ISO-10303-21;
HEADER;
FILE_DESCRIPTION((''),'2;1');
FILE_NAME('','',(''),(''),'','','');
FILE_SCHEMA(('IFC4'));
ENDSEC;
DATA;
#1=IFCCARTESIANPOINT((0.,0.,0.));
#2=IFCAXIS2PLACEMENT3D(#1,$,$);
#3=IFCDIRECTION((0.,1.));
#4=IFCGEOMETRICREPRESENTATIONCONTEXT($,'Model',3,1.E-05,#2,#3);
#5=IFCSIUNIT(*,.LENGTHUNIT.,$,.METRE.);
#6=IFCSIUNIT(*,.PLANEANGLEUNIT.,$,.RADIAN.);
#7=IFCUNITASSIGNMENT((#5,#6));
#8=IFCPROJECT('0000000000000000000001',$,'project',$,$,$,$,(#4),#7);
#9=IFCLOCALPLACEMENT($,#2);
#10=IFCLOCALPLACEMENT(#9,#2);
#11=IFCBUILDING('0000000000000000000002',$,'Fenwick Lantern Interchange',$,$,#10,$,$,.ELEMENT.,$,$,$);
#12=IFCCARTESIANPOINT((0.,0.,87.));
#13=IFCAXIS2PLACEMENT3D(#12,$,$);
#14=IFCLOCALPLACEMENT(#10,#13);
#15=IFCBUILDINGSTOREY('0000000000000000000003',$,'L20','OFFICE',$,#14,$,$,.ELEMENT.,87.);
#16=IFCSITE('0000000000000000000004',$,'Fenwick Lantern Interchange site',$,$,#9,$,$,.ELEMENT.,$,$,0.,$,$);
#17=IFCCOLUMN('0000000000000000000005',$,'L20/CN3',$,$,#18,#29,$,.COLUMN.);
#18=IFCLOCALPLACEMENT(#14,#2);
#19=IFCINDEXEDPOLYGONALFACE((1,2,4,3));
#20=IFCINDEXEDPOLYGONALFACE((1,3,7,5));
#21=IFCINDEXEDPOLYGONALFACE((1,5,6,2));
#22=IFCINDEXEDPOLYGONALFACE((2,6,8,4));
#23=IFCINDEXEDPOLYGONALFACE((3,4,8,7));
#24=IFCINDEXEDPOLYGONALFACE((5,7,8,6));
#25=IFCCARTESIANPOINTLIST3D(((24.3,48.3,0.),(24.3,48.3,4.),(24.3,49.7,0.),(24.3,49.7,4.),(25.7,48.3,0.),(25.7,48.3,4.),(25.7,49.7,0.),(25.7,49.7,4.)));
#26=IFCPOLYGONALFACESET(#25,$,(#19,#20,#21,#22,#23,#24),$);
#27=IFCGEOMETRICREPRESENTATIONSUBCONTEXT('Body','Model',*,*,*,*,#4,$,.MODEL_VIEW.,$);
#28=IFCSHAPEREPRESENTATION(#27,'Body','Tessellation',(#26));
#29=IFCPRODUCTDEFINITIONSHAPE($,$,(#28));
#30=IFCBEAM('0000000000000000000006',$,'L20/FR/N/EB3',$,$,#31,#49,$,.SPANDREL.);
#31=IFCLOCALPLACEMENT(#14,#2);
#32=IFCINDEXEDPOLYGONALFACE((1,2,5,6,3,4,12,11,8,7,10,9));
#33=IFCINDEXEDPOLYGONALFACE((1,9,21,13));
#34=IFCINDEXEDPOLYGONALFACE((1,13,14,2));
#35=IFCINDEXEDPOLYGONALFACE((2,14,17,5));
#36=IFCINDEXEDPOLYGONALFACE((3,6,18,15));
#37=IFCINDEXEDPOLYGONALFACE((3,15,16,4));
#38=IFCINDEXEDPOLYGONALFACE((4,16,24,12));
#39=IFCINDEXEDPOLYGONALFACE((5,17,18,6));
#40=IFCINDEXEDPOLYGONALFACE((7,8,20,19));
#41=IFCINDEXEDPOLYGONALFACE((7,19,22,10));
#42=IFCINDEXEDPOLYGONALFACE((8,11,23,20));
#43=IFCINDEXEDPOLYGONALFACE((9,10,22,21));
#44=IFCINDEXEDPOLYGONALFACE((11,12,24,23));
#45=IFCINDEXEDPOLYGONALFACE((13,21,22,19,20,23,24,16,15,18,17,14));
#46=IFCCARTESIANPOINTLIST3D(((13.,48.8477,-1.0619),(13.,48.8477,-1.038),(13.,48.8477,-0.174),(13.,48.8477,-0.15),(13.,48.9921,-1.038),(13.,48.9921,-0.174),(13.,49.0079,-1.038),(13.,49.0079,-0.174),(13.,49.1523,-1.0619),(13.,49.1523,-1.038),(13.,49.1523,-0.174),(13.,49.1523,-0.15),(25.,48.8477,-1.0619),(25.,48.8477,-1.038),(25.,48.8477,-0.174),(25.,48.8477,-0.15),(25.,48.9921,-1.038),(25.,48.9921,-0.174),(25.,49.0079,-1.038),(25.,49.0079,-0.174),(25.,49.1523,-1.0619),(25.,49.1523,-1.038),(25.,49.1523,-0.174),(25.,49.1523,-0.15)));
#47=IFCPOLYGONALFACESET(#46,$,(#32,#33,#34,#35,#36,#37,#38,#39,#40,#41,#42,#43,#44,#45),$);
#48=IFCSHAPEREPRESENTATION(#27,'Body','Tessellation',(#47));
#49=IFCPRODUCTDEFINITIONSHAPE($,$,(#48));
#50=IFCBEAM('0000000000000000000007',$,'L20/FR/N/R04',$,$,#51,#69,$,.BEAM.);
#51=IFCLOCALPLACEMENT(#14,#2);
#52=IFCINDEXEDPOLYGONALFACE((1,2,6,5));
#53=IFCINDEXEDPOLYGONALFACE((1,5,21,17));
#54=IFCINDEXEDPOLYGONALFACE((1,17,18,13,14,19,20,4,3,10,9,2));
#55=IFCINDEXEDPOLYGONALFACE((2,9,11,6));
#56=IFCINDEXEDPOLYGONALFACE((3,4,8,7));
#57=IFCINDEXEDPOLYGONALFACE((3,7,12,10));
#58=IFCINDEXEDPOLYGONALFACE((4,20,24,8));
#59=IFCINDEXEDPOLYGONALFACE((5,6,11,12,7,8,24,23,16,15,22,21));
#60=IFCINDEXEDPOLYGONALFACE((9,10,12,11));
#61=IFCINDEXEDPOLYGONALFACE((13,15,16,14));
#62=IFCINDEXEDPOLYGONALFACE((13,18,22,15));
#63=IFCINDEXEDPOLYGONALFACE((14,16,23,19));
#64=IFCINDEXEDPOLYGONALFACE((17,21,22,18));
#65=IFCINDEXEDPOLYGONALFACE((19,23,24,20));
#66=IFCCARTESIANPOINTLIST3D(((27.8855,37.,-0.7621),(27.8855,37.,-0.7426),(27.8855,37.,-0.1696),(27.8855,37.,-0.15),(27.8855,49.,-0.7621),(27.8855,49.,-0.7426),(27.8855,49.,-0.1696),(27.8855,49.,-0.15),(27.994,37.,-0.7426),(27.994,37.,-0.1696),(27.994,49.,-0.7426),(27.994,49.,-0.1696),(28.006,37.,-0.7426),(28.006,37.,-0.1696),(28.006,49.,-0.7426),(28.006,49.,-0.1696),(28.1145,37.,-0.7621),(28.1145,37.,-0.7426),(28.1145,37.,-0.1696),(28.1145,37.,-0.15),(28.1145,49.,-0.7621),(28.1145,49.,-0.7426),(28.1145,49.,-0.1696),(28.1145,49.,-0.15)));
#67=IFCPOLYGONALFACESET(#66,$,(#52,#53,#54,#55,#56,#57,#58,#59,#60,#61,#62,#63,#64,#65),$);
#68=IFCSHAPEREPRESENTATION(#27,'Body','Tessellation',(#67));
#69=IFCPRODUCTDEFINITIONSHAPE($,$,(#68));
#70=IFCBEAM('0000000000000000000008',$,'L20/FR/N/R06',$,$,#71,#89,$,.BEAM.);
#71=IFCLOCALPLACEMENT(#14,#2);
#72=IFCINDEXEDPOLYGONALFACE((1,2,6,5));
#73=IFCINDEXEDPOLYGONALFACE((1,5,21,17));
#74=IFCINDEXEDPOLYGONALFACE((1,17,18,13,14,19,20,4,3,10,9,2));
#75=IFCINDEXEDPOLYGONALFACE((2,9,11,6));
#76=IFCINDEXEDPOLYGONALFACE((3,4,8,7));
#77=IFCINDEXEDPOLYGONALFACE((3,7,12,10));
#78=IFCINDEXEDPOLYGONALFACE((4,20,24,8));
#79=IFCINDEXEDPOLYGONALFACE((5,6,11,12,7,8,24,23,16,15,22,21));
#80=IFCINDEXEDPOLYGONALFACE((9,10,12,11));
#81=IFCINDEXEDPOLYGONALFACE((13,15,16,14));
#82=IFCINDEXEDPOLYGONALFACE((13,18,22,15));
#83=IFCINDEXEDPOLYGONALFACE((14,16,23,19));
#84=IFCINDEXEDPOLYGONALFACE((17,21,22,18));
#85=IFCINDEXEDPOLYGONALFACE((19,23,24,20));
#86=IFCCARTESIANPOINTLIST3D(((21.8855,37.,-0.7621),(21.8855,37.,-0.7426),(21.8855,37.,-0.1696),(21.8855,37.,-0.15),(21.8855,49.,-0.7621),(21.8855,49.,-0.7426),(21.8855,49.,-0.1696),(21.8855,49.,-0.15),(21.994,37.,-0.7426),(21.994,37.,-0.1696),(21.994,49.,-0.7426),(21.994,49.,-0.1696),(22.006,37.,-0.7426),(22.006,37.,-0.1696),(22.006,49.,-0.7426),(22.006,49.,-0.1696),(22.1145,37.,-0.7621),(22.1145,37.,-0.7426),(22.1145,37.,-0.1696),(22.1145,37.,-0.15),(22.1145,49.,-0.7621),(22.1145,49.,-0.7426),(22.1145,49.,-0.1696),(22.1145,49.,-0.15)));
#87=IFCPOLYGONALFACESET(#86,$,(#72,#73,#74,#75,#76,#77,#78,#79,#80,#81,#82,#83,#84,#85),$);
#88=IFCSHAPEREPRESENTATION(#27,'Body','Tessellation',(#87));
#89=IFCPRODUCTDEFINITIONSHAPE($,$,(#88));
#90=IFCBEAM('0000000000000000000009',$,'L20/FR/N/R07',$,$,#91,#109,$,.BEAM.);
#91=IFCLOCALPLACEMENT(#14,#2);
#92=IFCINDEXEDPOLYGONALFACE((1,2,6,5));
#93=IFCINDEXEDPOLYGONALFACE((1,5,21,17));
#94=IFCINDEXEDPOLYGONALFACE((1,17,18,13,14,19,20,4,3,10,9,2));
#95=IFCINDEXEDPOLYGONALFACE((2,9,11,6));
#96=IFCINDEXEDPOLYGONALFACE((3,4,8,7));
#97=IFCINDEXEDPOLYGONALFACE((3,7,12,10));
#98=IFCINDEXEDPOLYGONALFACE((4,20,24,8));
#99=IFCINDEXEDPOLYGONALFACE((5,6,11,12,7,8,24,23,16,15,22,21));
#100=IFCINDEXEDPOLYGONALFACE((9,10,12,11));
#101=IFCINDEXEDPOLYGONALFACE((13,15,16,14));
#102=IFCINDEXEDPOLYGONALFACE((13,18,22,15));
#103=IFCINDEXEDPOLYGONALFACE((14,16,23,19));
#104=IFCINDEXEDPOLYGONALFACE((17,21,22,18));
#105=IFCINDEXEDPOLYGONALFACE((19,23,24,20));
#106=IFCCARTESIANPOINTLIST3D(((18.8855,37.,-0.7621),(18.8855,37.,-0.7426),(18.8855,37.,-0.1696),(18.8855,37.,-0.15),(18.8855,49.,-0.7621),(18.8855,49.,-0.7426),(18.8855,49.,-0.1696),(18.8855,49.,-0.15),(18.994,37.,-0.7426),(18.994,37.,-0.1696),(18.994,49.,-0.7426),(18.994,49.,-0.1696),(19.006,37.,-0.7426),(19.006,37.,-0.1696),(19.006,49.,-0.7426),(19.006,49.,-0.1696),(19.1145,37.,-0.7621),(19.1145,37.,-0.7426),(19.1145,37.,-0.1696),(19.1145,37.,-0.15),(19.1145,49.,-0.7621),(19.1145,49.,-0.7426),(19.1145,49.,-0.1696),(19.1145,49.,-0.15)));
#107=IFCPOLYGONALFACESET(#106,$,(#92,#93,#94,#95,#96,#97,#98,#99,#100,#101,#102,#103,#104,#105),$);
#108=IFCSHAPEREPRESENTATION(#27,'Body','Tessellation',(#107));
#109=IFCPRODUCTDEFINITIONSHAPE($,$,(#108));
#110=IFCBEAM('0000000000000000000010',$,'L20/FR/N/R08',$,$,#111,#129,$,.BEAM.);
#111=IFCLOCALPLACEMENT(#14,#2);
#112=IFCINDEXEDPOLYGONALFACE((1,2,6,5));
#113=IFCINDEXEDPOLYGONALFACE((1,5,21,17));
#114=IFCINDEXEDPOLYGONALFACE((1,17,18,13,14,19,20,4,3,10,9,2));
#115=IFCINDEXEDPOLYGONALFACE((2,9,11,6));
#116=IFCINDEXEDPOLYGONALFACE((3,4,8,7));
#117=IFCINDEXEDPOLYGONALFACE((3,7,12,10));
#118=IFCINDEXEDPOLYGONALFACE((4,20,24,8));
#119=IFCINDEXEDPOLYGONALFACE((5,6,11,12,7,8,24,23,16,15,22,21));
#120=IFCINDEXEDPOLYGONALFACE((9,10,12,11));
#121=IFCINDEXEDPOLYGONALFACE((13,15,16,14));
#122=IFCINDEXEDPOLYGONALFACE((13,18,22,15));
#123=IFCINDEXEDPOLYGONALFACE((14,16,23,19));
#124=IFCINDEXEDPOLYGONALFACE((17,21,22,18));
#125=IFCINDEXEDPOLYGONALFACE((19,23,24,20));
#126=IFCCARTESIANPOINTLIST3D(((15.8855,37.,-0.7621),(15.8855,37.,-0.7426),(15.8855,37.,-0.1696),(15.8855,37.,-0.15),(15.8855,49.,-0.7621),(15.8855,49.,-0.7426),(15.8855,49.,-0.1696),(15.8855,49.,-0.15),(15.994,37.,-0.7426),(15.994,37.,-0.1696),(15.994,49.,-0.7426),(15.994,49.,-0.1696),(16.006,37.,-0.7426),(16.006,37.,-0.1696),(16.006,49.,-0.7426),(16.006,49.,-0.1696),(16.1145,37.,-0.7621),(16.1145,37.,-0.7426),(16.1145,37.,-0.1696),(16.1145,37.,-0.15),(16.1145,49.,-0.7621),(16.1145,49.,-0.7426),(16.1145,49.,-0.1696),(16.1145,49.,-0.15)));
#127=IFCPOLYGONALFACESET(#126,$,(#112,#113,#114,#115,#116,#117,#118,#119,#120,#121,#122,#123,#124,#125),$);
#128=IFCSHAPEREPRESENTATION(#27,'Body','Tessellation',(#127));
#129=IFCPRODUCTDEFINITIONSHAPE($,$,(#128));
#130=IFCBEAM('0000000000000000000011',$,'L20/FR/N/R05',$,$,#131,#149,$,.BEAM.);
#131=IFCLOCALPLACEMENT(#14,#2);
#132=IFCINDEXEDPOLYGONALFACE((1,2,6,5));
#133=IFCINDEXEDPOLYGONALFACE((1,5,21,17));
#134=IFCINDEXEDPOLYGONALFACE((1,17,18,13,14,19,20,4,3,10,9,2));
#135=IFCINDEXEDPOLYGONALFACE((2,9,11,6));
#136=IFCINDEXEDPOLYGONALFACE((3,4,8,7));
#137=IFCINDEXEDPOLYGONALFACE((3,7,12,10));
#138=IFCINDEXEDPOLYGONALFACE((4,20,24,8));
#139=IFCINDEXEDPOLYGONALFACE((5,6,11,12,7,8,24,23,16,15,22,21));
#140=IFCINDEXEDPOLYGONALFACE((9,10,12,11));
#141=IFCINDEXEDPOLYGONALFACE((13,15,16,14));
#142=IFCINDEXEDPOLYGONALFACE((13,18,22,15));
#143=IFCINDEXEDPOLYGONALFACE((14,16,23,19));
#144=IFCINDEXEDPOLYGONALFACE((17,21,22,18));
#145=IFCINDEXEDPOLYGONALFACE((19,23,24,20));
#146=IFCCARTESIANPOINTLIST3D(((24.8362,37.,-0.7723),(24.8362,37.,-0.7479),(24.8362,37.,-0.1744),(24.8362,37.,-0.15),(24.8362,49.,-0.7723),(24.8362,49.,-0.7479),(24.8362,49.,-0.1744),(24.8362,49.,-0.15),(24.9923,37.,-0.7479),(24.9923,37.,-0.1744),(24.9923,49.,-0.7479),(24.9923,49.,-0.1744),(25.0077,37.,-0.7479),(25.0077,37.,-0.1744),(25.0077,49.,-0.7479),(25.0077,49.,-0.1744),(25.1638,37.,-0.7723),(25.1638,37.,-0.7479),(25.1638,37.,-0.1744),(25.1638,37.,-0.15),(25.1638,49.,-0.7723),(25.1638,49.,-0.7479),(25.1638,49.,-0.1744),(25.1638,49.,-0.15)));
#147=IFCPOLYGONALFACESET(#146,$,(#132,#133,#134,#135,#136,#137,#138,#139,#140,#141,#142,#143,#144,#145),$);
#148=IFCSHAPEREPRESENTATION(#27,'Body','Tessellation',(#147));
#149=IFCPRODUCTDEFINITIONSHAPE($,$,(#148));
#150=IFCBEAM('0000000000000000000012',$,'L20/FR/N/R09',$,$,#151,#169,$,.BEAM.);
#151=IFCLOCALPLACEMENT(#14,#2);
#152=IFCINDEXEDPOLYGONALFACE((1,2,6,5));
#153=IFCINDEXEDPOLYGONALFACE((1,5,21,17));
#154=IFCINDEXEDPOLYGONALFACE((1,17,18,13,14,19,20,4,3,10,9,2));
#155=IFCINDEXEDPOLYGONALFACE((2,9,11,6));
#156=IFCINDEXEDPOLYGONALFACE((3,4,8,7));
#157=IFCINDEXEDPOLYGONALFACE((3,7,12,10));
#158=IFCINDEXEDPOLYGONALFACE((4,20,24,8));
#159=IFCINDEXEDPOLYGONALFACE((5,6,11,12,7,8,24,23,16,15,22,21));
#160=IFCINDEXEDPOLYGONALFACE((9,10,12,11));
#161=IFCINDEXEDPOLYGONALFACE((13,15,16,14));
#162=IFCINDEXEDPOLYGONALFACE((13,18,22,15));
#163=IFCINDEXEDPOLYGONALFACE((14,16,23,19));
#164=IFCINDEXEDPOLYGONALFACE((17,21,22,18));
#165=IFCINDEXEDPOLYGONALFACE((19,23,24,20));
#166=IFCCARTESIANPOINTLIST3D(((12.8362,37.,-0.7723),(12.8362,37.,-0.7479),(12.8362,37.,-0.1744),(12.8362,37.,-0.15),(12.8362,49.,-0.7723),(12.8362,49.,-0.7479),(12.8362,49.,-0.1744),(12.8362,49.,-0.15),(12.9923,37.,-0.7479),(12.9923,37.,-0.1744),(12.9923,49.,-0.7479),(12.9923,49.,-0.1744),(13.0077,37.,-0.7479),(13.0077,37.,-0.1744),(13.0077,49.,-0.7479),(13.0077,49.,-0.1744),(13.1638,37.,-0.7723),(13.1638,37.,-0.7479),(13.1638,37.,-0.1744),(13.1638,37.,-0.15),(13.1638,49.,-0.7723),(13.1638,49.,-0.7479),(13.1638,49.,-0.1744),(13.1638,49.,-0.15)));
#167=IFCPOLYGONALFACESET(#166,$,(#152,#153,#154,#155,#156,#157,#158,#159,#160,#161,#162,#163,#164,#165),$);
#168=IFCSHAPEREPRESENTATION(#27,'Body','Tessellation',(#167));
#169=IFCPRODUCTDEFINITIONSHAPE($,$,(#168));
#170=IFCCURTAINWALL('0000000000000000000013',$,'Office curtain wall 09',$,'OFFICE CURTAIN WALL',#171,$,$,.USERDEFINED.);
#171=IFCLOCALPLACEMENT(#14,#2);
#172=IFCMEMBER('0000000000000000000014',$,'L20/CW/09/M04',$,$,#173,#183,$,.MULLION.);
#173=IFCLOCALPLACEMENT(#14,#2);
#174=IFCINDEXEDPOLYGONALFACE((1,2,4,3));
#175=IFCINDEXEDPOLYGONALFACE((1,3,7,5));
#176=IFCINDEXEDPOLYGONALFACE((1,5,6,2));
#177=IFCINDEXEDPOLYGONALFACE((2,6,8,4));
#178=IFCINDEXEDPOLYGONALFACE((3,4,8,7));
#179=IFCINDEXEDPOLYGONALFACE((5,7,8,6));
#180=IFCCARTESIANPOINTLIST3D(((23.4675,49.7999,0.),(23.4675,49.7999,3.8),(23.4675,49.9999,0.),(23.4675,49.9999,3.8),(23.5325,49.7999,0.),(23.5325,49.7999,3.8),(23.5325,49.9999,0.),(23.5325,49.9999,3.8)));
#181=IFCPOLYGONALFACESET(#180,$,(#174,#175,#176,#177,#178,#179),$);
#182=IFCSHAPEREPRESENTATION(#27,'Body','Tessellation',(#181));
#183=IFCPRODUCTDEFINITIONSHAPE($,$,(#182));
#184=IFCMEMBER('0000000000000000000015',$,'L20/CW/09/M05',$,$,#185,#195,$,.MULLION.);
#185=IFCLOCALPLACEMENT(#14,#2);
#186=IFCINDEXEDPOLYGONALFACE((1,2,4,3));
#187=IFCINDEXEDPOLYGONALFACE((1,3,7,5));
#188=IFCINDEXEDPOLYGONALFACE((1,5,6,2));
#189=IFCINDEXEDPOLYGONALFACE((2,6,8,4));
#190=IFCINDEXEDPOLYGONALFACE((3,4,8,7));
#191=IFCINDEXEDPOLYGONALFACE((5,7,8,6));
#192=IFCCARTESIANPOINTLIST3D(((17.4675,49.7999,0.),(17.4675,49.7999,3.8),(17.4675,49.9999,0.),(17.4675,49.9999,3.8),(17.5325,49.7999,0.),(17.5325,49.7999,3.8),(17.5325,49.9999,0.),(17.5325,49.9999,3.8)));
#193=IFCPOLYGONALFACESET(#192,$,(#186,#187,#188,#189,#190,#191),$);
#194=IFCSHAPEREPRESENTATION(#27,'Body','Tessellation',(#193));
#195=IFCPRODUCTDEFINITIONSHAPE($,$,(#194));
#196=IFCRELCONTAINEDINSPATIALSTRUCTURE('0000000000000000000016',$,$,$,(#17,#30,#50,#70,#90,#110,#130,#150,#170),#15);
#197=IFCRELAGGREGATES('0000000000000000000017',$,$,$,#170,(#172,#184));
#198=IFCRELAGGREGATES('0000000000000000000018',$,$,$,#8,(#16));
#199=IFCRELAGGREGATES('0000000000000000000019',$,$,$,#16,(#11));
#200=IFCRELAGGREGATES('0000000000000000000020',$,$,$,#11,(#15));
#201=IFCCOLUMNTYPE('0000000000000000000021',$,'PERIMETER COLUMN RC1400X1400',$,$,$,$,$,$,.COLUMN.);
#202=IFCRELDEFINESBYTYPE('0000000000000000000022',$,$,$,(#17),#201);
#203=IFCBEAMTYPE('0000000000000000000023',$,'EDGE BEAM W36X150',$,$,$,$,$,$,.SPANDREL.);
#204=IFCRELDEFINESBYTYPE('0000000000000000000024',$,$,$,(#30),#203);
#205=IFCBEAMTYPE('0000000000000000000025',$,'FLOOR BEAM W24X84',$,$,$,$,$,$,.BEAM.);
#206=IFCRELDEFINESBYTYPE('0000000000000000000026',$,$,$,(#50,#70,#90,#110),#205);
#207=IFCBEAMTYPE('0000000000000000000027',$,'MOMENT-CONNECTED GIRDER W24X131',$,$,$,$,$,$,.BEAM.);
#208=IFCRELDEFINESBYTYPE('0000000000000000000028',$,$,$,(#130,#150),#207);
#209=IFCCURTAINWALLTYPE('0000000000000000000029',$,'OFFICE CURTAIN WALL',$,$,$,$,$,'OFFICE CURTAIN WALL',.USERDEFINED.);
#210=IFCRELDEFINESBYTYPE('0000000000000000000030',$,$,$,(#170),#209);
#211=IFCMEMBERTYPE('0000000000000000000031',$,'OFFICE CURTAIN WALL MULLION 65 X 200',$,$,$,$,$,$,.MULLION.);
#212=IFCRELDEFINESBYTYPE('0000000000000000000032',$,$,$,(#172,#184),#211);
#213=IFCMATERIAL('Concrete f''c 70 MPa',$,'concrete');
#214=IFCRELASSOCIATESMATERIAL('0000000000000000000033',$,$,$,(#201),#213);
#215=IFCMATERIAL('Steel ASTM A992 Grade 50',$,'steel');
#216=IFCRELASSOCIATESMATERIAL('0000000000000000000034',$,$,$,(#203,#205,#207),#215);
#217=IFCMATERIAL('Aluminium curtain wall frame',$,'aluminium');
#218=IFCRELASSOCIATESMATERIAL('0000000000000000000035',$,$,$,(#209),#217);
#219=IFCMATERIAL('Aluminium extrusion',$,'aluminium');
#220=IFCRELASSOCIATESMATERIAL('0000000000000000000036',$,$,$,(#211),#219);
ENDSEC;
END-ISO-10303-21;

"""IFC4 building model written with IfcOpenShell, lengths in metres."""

from ifc_helpers import new_model, si_unit, direction, frame, origin, origin_2d, place, context, subcontext, project, spatial, rectangle, i_section, extrude, material, material_profile, profile_set, type_object, element, aggregate, save


model = new_model("IFC4")

# Units and contexts
model_context = context("Model", 3, precision=1e-05, world=origin(), true_north=direction((0.0, 1.0)))
body_context = subcontext(model_context, "Body", "Model", "MODEL_VIEW")
ifc_project = project(units=[si_unit("LENGTHUNIT", "METRE"), si_unit("PLANEANGLEUNIT", "RADIAN")], contexts=[model_context])

# Site, building, storey
site_placement = place(None, origin())
site = spatial("IfcSite", under=ifc_project, at=site_placement, Name="Fenwick Lantern Interchange site", CompositionType="ELEMENT", RefElevation=0.0)
building_placement = place(site_placement, origin())
building = spatial("IfcBuilding", under=site, at=building_placement, Name="Fenwick Lantern Interchange", CompositionType="ELEMENT")
storey_placement = place(building_placement, frame((0.0, 0.0, 87.0)))
storey = spatial("IfcBuildingStorey", under=building, at=storey_placement, Name="L20", Description="OFFICE", CompositionType="ELEMENT", Elevation=87.0)

# Column
ifc_material_1 = material(Name="Concrete f'c 70 MPa", Category="concrete")
ifc_material_profile_1 = material_profile(ifc_material_1, rectangle(XDim=1.3999, YDim=1.3999, at=origin_2d()), Name="RC1400X1400")
ifc_profile_set_1 = profile_set([ifc_material_profile_1], Name="Concrete f'c 70 MPa")
column_type = type_object("IfcColumnType", Name="PERIMETER COLUMN RC1400X1400", PredefinedType="COLUMN", material=ifc_profile_set_1)
column_placement = place(storey_placement, frame((25.0, 49.0, 0.0), z_axis=(0.0, 0.0, 1.0), x_axis=(1.0, 0.0, 0.0)))
element("IfcColumn", 1, at=column_placement, inside=storey, type_object=column_type, Name="L20/CN3", PredefinedType="COLUMN", context=body_context, shape_type="SweptSolid", body=[
    extrude(rectangle(XDim=1.3999, YDim=1.3999, at=origin_2d()), origin(), (0.0, 0.0, 1.0), 4.0),
])

# Beams
ifc_material_2 = material(Name="Steel ASTM A992 Grade 50", Category="steel")
ifc_material_profile_2 = material_profile(ifc_material_2, i_section(OverallWidth=0.3047, OverallDepth=0.9119, WebThickness=0.0159, FlangeThickness=0.0239, at=origin_2d()), Name="W36X150")
ifc_profile_set_2 = profile_set([ifc_material_profile_2], Name="Steel ASTM A992 Grade 50")
beam_type_1 = type_object("IfcBeamType", Name="EDGE BEAM W36X150", PredefinedType="SPANDREL", material=ifc_profile_set_2)
beam_placement = place(storey_placement, frame((25.0, 49.0, -0.606), z_axis=(-1.0, 0.0, 0.0), x_axis=(0.0, -1.0, 0.0)))
element("IfcBeam", 2, at=beam_placement, inside=storey, type_object=beam_type_1, Name="L20/FR/N/EB3", PredefinedType="SPANDREL", context=body_context, shape_type="SweptSolid", body=[
    extrude(i_section(OverallWidth=0.3047, OverallDepth=0.9119, WebThickness=0.0159, FlangeThickness=0.0239, at=origin_2d()), origin(), (0.0, 0.0, 1.0), 12.0),
])
ifc_material_profile_3 = material_profile(ifc_material_2, i_section(OverallWidth=0.229, OverallDepth=0.6121, WebThickness=0.012, FlangeThickness=0.0195, at=origin_2d()), Name="W24X84")
ifc_profile_set_3 = profile_set([ifc_material_profile_3], Name="Steel ASTM A992 Grade 50")
beam_type_2 = type_object("IfcBeamType", Name="FLOOR BEAM W24X84", PredefinedType="BEAM", material=ifc_profile_set_3)
for number, where, z_axis, x_axis, name in (
    (3, (28.0, 49.0, -0.4561), (0.0, -1.0, 0.0), (1.0, 0.0, 0.0), "L20/FR/N/R04"),
    (4, (22.0, 49.0, -0.4561), (0.0, -1.0, 0.0), (1.0, 0.0, 0.0), "L20/FR/N/R06"),
    (5, (19.0, 49.0, -0.4561), (0.0, -1.0, 0.0), (1.0, 0.0, 0.0), "L20/FR/N/R07"),
    (6, (16.0, 49.0, -0.4561), (0.0, -1.0, 0.0), (1.0, 0.0, 0.0), "L20/FR/N/R08"),
):
    element("IfcBeam", number, at=place(storey_placement, frame(where, z_axis=z_axis, x_axis=x_axis)), inside=storey, type_object=beam_type_2, Name=name, PredefinedType="BEAM", context=body_context, shape_type="SweptSolid", body=[
        extrude(i_section(OverallWidth=0.229, OverallDepth=0.6121, WebThickness=0.012, FlangeThickness=0.0195, at=origin_2d()), origin(), (0.0, 0.0, 1.0), 12.0),
    ])
ifc_material_profile_4 = material_profile(ifc_material_2, i_section(OverallWidth=0.3276, OverallDepth=0.6223, WebThickness=0.0154, FlangeThickness=0.0244, at=origin_2d()), Name="W24X131")
ifc_profile_set_4 = profile_set([ifc_material_profile_4], Name="Steel ASTM A992 Grade 50")
beam_type_3 = type_object("IfcBeamType", Name="MOMENT-CONNECTED GIRDER W24X131", PredefinedType="BEAM", material=ifc_profile_set_4)
for number, where, z_axis, x_axis, name in (
    (7, (25.0, 49.0, -0.4612), (0.0, -1.0, 0.0), (1.0, 0.0, 0.0), "L20/FR/N/R05"),
    (8, (13.0, 49.0, -0.4612), (0.0, -1.0, 0.0), (1.0, 0.0, 0.0), "L20/FR/N/R09"),
):
    element("IfcBeam", number, at=place(storey_placement, frame(where, z_axis=z_axis, x_axis=x_axis)), inside=storey, type_object=beam_type_3, Name=name, PredefinedType="BEAM", context=body_context, shape_type="SweptSolid", body=[
        extrude(i_section(OverallWidth=0.3276, OverallDepth=0.6223, WebThickness=0.0154, FlangeThickness=0.0244, at=origin_2d()), origin(), (0.0, 0.0, 1.0), 12.0),
    ])

# Curtain wall, members
ifc_material_3 = material(Name="Aluminium curtain wall frame", Category="aluminium")
curtain_wall_type = type_object("IfcCurtainWallType", Name="OFFICE CURTAIN WALL", ElementType="OFFICE CURTAIN WALL", PredefinedType="USERDEFINED", material=ifc_material_3)
curtain_wall_placement = place(storey_placement, origin())
curtain_wall = element("IfcCurtainWall", 9, at=curtain_wall_placement, inside=storey, type_object=curtain_wall_type, Name="Office curtain wall 09", ObjectType="OFFICE CURTAIN WALL", PredefinedType="USERDEFINED")
ifc_material_4 = material(Name="Aluminium extrusion", Category="aluminium")
ifc_material_profile_5 = material_profile(ifc_material_4, rectangle(XDim=0.2, YDim=0.0649, at=origin_2d()), Name="OFFICE CURTAIN WALL MULLION 65 X 200")
ifc_profile_set_5 = profile_set([ifc_material_profile_5], Name="Aluminium extrusion")
member_type_1 = type_object("IfcMemberType", Name="OFFICE CURTAIN WALL MULLION 65 X 200", PredefinedType="MULLION", material=ifc_profile_set_5)
member_1_placement = place(storey_placement, frame((23.5, 49.8999, 0.0), z_axis=(0.0, 0.0, 1.0), x_axis=(0.0, -1.0, 0.0)))
member_1 = element("IfcMember", 10, at=member_1_placement, type_object=member_type_1, Name="L20/CW/09/M04", PredefinedType="MULLION", context=body_context, shape_type="SweptSolid", body=[
    extrude(rectangle(XDim=0.2, YDim=0.0649, at=origin_2d()), origin(), (0.0, 0.0, 1.0), 3.8),
])
member_2_placement = place(storey_placement, frame((17.5, 49.8999, 0.0), z_axis=(0.0, 0.0, 1.0), x_axis=(0.0, -1.0, 0.0)))
member_2 = element("IfcMember", 11, at=member_2_placement, type_object=member_type_1, Name="L20/CW/09/M05", PredefinedType="MULLION", context=body_context, shape_type="SweptSolid", body=[
    extrude(rectangle(XDim=0.2, YDim=0.0649, at=origin_2d()), origin(), (0.0, 0.0, 1.0), 3.8),
])
aggregate(curtain_wall, [member_1, member_2])

save(model, "model.ifc")
